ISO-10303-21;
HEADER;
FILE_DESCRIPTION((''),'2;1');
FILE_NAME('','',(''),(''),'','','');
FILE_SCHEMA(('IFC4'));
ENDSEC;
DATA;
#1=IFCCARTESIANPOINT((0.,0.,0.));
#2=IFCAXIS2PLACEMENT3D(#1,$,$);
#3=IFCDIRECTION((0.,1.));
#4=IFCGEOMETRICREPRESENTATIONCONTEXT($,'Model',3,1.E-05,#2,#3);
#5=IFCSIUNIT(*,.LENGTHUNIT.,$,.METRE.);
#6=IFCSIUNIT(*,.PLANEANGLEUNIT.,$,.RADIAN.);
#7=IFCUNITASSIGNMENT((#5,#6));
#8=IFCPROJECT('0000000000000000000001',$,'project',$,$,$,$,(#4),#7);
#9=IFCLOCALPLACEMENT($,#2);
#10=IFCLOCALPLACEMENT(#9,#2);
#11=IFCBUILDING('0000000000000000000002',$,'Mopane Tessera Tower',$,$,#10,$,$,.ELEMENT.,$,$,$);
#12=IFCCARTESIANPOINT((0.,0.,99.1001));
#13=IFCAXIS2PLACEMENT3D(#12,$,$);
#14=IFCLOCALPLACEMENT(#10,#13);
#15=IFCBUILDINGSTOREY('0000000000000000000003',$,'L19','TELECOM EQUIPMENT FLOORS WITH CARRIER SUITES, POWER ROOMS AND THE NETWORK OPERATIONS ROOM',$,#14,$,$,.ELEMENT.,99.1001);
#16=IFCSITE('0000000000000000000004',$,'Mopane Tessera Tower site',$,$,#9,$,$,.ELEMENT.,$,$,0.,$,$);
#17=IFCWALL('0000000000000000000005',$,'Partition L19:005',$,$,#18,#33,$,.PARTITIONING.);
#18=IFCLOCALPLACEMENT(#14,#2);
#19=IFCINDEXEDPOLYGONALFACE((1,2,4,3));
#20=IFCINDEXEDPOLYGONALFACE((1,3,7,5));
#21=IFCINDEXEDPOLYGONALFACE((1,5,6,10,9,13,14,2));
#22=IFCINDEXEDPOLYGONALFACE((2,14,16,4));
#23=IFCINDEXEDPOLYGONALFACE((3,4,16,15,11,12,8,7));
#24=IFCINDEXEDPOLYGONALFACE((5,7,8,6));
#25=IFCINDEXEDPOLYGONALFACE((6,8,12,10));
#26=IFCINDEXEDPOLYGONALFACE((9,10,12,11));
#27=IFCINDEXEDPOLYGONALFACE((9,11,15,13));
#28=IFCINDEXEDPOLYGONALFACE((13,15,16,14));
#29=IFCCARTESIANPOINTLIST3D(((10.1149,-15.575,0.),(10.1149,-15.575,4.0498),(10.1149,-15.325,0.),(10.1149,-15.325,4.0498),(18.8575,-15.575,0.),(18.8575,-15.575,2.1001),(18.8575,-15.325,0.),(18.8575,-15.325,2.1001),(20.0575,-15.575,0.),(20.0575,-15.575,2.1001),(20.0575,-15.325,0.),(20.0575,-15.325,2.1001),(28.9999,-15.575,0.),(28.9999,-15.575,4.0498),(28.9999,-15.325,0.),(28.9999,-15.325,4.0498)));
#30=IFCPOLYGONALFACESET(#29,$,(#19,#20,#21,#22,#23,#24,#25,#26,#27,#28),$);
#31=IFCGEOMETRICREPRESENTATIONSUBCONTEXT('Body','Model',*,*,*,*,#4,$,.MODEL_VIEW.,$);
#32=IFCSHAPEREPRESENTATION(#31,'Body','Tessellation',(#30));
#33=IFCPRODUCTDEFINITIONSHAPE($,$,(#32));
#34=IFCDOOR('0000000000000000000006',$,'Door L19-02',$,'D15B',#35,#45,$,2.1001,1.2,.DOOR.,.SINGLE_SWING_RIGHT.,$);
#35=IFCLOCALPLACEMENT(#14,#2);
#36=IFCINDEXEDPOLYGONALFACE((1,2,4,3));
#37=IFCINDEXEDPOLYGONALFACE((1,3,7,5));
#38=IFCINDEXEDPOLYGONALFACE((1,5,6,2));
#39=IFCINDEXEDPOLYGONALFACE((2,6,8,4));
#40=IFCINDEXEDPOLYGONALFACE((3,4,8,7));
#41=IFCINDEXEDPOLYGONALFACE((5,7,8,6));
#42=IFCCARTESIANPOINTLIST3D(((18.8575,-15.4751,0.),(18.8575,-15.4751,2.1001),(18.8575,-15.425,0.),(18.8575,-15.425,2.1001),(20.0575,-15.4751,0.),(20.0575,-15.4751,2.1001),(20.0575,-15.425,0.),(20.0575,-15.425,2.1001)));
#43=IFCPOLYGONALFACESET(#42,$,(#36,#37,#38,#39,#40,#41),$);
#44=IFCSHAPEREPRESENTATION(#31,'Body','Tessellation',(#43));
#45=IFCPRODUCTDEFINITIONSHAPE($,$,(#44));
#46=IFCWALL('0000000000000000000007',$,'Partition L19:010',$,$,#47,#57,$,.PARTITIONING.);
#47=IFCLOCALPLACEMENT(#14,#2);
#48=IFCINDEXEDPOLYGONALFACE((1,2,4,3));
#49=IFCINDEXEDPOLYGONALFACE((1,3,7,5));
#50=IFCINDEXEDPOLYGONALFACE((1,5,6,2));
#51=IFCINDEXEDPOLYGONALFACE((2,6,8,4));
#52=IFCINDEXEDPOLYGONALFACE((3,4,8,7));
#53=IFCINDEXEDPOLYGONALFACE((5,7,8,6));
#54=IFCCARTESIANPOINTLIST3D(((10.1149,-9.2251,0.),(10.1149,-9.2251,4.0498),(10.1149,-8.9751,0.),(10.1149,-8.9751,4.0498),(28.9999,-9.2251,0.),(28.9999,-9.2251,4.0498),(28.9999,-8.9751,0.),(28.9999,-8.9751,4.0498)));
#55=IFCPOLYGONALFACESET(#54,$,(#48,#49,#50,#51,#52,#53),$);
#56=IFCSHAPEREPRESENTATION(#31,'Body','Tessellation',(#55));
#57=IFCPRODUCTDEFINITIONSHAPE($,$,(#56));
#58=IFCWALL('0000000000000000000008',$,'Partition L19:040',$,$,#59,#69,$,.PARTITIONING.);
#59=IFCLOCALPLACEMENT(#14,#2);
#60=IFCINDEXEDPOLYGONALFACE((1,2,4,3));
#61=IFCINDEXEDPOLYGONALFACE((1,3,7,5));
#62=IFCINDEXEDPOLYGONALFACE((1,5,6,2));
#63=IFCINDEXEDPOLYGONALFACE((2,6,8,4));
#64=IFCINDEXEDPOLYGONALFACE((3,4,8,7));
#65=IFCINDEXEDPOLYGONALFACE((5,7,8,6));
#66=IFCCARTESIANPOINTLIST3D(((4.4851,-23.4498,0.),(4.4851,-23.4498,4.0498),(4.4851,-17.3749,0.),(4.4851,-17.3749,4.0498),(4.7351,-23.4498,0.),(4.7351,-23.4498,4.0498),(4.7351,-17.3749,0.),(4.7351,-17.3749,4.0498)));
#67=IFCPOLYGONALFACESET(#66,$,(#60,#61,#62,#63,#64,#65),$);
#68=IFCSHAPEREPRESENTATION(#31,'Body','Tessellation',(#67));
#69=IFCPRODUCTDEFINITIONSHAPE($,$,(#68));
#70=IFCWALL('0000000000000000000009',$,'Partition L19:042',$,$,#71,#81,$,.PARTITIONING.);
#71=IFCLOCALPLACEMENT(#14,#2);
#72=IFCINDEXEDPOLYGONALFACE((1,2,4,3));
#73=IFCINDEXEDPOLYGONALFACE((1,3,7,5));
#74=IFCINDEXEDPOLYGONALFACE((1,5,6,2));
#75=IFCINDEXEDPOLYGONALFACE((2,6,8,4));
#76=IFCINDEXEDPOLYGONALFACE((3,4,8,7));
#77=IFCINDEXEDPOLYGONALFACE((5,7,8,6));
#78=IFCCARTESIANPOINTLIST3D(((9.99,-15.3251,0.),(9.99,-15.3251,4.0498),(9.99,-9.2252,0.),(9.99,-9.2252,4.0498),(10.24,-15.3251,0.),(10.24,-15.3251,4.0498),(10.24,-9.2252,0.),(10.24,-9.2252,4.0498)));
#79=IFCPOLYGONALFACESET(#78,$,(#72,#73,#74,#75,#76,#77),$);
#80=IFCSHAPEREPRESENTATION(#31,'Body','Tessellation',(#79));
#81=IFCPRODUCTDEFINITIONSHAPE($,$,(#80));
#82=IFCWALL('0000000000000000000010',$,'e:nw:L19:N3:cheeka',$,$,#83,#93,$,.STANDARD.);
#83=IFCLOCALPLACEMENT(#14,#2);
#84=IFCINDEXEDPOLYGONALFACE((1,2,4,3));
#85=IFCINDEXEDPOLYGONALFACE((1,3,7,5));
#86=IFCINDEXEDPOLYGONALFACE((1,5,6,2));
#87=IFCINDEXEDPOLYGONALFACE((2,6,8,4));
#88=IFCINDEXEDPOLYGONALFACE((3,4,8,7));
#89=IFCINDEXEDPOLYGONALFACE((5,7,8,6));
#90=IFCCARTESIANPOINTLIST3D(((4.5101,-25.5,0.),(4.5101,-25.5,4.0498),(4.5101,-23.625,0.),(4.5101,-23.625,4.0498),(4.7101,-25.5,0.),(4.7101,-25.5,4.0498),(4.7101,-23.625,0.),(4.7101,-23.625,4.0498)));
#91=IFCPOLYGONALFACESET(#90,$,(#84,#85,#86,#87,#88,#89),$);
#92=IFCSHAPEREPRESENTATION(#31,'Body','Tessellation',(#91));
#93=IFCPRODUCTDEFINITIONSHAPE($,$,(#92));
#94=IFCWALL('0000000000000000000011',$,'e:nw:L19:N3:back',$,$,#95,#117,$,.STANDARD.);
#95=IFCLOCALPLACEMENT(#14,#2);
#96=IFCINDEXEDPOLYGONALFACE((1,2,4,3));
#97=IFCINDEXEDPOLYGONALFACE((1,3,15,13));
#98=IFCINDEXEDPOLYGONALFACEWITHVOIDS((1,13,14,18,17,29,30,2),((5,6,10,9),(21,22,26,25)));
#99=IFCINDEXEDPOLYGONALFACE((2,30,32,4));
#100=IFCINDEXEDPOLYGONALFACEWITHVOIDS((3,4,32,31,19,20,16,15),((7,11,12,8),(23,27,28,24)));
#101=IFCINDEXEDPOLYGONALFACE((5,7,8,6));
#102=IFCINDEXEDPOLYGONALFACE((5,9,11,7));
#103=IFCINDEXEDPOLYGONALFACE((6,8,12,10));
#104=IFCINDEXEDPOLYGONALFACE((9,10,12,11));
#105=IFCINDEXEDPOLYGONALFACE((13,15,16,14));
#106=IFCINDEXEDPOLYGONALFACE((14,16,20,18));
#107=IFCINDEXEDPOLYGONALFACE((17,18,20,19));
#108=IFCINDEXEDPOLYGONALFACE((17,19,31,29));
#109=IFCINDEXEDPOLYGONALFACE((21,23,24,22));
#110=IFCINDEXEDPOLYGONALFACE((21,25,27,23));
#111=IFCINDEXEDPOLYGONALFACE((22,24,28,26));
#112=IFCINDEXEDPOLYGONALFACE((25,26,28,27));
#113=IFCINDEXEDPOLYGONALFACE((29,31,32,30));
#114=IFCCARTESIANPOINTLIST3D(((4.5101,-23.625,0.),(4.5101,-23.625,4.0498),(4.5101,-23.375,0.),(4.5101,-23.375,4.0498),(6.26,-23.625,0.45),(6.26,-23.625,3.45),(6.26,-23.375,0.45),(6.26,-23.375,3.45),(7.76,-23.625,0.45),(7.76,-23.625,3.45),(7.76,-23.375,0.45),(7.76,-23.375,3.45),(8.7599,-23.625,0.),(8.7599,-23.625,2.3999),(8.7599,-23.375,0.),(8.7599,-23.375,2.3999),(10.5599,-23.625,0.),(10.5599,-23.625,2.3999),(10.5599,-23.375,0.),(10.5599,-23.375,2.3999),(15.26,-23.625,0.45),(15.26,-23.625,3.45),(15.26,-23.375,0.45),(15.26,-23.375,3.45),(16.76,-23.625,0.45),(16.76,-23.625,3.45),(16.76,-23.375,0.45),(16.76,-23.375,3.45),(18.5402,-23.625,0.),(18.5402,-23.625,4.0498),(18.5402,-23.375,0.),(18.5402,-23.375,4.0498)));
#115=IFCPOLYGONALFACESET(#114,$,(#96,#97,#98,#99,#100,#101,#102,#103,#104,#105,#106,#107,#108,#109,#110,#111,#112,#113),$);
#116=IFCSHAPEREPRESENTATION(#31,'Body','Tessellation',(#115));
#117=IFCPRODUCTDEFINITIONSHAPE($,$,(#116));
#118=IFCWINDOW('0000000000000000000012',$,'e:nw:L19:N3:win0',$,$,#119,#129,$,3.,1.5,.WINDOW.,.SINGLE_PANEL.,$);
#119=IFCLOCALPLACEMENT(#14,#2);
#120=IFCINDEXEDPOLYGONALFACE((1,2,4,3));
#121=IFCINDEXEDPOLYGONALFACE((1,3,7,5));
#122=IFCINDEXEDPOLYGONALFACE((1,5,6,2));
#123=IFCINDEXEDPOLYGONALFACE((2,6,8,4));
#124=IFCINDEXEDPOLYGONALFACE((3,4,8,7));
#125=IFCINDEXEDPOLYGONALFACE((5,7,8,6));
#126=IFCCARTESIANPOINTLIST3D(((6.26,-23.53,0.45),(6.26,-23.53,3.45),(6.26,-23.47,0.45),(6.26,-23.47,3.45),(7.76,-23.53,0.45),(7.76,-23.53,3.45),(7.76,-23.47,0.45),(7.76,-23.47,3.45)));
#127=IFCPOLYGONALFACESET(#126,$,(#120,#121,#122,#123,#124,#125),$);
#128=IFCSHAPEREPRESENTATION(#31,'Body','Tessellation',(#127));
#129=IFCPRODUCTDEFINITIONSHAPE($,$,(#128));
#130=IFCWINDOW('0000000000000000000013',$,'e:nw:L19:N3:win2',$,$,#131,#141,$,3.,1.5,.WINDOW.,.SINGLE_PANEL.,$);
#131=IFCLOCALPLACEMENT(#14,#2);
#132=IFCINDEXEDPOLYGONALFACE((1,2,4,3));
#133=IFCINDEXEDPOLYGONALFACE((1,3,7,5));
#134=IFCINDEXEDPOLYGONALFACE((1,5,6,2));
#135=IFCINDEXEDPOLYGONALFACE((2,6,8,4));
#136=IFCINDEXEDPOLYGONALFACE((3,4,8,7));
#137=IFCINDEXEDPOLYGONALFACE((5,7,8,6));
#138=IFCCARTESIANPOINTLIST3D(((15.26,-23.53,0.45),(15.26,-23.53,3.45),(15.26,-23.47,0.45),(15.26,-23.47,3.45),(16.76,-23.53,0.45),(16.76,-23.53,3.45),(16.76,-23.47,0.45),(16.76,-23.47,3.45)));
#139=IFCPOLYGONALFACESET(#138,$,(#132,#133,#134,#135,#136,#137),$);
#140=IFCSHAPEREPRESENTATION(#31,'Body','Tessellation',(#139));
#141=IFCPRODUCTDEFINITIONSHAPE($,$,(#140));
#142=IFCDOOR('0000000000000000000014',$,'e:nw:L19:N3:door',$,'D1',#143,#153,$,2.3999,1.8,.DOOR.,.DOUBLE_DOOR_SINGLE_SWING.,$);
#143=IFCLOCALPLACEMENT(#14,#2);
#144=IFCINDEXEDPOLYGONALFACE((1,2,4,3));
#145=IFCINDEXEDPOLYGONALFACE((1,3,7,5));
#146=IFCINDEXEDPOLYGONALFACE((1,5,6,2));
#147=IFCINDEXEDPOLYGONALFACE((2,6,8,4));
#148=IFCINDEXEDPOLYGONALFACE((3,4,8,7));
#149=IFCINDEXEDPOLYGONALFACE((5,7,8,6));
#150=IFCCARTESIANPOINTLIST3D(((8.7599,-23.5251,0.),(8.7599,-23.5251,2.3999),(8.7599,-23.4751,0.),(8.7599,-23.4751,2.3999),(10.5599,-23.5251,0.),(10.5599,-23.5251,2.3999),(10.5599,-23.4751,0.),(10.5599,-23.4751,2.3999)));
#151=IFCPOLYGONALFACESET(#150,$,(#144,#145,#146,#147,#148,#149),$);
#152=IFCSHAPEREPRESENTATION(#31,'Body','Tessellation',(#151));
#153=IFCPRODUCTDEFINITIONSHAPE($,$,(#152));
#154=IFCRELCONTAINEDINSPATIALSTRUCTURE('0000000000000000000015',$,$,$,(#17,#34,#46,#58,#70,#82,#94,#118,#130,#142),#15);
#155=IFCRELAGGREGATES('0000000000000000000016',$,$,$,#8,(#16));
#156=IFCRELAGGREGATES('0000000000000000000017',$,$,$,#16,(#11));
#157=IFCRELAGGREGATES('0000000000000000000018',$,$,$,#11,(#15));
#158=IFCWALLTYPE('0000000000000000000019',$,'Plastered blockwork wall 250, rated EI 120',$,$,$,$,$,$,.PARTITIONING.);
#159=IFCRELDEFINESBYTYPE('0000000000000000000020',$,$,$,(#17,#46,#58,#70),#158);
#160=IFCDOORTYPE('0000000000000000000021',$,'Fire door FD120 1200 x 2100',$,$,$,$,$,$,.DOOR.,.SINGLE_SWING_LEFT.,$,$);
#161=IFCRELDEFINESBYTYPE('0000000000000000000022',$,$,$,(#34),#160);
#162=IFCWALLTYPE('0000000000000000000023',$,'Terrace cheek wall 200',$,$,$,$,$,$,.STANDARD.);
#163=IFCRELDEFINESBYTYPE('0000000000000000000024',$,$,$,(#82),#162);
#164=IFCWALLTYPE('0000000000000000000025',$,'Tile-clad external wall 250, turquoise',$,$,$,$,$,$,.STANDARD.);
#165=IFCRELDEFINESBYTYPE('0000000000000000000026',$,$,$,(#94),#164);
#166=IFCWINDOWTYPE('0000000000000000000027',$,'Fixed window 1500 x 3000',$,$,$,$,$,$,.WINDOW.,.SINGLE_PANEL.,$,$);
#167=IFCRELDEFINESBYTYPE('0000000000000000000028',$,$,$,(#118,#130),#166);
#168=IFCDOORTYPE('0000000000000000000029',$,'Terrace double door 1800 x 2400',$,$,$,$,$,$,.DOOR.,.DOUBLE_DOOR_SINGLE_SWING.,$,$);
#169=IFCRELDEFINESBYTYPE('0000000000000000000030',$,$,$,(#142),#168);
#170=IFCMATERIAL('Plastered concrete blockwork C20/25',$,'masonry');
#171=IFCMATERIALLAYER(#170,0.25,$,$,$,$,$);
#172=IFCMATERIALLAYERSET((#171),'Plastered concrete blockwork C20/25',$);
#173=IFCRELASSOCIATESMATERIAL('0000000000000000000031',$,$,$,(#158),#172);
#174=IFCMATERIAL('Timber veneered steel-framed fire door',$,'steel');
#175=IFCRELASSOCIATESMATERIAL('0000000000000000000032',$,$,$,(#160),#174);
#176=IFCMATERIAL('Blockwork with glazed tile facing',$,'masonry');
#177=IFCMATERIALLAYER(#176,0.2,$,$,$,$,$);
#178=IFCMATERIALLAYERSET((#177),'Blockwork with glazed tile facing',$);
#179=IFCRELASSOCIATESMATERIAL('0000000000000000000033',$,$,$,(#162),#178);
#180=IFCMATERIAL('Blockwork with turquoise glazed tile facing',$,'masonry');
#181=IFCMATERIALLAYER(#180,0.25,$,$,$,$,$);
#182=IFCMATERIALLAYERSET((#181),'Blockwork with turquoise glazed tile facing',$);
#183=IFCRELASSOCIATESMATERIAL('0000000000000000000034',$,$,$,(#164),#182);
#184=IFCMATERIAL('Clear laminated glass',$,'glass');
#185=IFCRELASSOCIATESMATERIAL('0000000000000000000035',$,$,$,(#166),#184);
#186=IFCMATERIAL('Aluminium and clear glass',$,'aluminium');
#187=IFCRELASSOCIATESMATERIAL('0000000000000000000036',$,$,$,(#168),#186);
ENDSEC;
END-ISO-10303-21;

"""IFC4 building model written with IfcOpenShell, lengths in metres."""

from ifc_helpers import new_model, si_unit, direction, frame, frame_2d, origin, place, context, subcontext, project, spatial, rectangle, extrude, material, layer, layer_set, type_object, element, fill, save


model = new_model("IFC4")

# Units and contexts
model_context = context("Model", 3, precision=1e-05, world=origin(), true_north=direction((0.0, 1.0)))
body_context = subcontext(model_context, "Body", "Model", "MODEL_VIEW")
ifc_project = project(units=[si_unit("LENGTHUNIT", "METRE"), si_unit("PLANEANGLEUNIT", "RADIAN")], contexts=[model_context])

# Site, building, storey
site_placement = place(None, origin())
site = spatial("IfcSite", under=ifc_project, at=site_placement, Name="Mopane Tessera Tower site", CompositionType="ELEMENT", RefElevation=0.0)
building_placement = place(site_placement, origin())
building = spatial("IfcBuilding", under=site, at=building_placement, Name="Mopane Tessera Tower", CompositionType="ELEMENT")
storey_placement = place(building_placement, frame((0.0, 0.0, 99.1001)))
storey = spatial("IfcBuildingStorey", under=building, at=storey_placement, Name="L19", Description="TELECOM EQUIPMENT FLOORS WITH CARRIER SUITES, POWER ROOMS AND THE NETWORK OPERATIONS ROOM", CompositionType="ELEMENT", Elevation=99.1001)

# Wall, opening, door
ifc_material_1 = material(Name="Plastered concrete blockwork C20/25", Category="masonry")
ifc_layer_1 = layer(ifc_material_1, 0.25)
ifc_layer_set_1 = layer_set([ifc_layer_1], Name="Plastered concrete blockwork C20/25")
wall_type_1 = type_object("IfcWallType", Name="Plastered blockwork wall 250, rated EI 120", PredefinedType="PARTITIONING", material=ifc_layer_set_1)
wall_1_placement = place(storey_placement, frame((10.115, -15.45, 0.0), z_axis=(0.0, 0.0, 1.0), x_axis=(1.0, 0.0, 0.0)))
wall_1 = element("IfcWall", 1, at=wall_1_placement, inside=storey, type_object=wall_type_1, Name="Partition L19:005", PredefinedType="PARTITIONING", context=body_context, shape_type="SweptSolid", body=[
    extrude(rectangle(XDim=18.885, YDim=0.25, at=frame_2d((9.4424, 0.0))), origin(), (0.0, 0.0, 1.0), 4.0498),
])
opening_1_placement = place(wall_1_placement, frame((8.7424, 0.0, 0.0)))
opening_1 = element("IfcOpeningElement", 2, at=opening_1_placement, cuts=wall_1, PredefinedType="OPENING", context=body_context, shape_type="SweptSolid", body=[
    extrude(rectangle(XDim=1.2, YDim=2.1001, at=frame_2d((0.6001, 1.05))), frame((0.0, 0.137, 0.0), z_axis=(0.0, -1.0, 0.0), x_axis=(1.0, 0.0, 0.0)), (0.0, 0.0, 1.0), 0.2739),
])
ifc_material_2 = material(Name="Timber veneered steel-framed fire door", Category="steel")
door_type_1 = type_object("IfcDoorType", Name="Fire door FD120 1200 x 2100", OperationType="SINGLE_SWING_LEFT", PredefinedType="DOOR", material=ifc_material_2)
door_1_placement = place(opening_1_placement, origin())
door_1 = element("IfcDoor", 3, at=door_1_placement, inside=storey, type_object=door_type_1, Name="Door L19-02", ObjectType="D15B", OperationType="SINGLE_SWING_RIGHT", OverallHeight=2.1001, OverallWidth=1.2, PredefinedType="DOOR", context=body_context, shape_type="SweptSolid", body=[
    extrude(rectangle(XDim=1.2, YDim=2.1001, at=frame_2d((0.6001, 1.05))), frame((0.0, 0.0249, 0.0), z_axis=(0.0, -1.0, 0.0), x_axis=(1.0, 0.0, 0.0)), (0.0, 0.0, 1.0), 0.05),
])
fill(opening_1, door_1)

# Walls
wall_2_placement = place(storey_placement, frame((10.115, -9.1001, 0.0), z_axis=(0.0, 0.0, 1.0), x_axis=(1.0, 0.0, 0.0)))
element("IfcWall", 4, at=wall_2_placement, inside=storey, type_object=wall_type_1, Name="Partition L19:010", PredefinedType="PARTITIONING", context=body_context, shape_type="SweptSolid", body=[
    extrude(rectangle(XDim=18.885, YDim=0.25, at=frame_2d((9.4424, 0.0))), origin(), (0.0, 0.0, 1.0), 4.0498),
])
wall_3_placement = place(storey_placement, frame((4.6101, -23.45, 0.0), z_axis=(0.0, 0.0, 1.0), x_axis=(0.0, 1.0, 0.0)))
element("IfcWall", 5, at=wall_3_placement, inside=storey, type_object=wall_type_1, Name="Partition L19:040", PredefinedType="PARTITIONING", context=body_context, shape_type="SweptSolid", body=[
    extrude(rectangle(XDim=6.075, YDim=0.25, at=frame_2d((3.0376, 0.0))), origin(), (0.0, 0.0, 1.0), 4.0498),
])
wall_4_placement = place(storey_placement, frame((10.115, -15.325, 0.0), z_axis=(0.0, 0.0, 1.0), x_axis=(0.0, 1.0, 0.0)))
element("IfcWall", 6, at=wall_4_placement, inside=storey, type_object=wall_type_1, Name="Partition L19:042", PredefinedType="PARTITIONING", context=body_context, shape_type="SweptSolid", body=[
    extrude(rectangle(XDim=6.0999, YDim=0.25, at=frame_2d((3.0498, 0.0))), origin(), (0.0, 0.0, 1.0), 4.0498),
])
ifc_material_3 = material(Name="Blockwork with glazed tile facing", Category="masonry")
ifc_layer_2 = layer(ifc_material_3, 0.2)
ifc_layer_set_2 = layer_set([ifc_layer_2], Name="Blockwork with glazed tile facing")
wall_type_2 = type_object("IfcWallType", Name="Terrace cheek wall 200", PredefinedType="STANDARD", material=ifc_layer_set_2)
wall_5_placement = place(storey_placement, frame((4.6101, -25.5, 0.0), z_axis=(0.0, 0.0, 1.0), x_axis=(0.0, 1.0, 0.0)))
element("IfcWall", 7, at=wall_5_placement, inside=storey, type_object=wall_type_2, Name="e:nw:L19:N3:cheeka", PredefinedType="STANDARD", context=body_context, shape_type="SweptSolid", body=[
    extrude(rectangle(XDim=1.875, YDim=0.2, at=frame_2d((0.9375, 0.0))), origin(), (0.0, 0.0, 1.0), 4.0498),
])

# Wall, openings, windows, door
ifc_material_4 = material(Name="Blockwork with turquoise glazed tile facing", Category="masonry")
ifc_layer_3 = layer(ifc_material_4, 0.25)
ifc_layer_set_3 = layer_set([ifc_layer_3], Name="Blockwork with turquoise glazed tile facing")
wall_type_3 = type_object("IfcWallType", Name="Tile-clad external wall 250, turquoise", PredefinedType="STANDARD", material=ifc_layer_set_3)
wall_6_placement = place(storey_placement, frame((4.51, -23.5, 0.0), z_axis=(0.0, 0.0, 1.0), x_axis=(1.0, 0.0, 0.0)))
wall_6 = element("IfcWall", 8, at=wall_6_placement, inside=storey, type_object=wall_type_3, Name="e:nw:L19:N3:back", PredefinedType="STANDARD", context=body_context, shape_type="SweptSolid", body=[
    extrude(rectangle(XDim=14.03, YDim=0.25, at=frame_2d((7.0151, 0.0))), origin(), (0.0, 0.0, 1.0), 4.0498),
])
opening_2_placement = place(wall_6_placement, frame((1.75, 0.0, 0.45)))
opening_2 = element("IfcOpeningElement", 9, at=opening_2_placement, cuts=wall_6, PredefinedType="OPENING", context=body_context, shape_type="SweptSolid", body=[
    extrude(rectangle(XDim=1.5, YDim=3.0, at=frame_2d((0.75, 1.5))), frame((0.0, 0.137, 0.0), z_axis=(0.0, -1.0, 0.0), x_axis=(1.0, 0.0, 0.0)), (0.0, 0.0, 1.0), 0.2739),
])
opening_3_placement = place(wall_6_placement, frame((4.25, 0.0, 0.0)))
opening_3 = element("IfcOpeningElement", 10, at=opening_3_placement, cuts=wall_6, PredefinedType="OPENING", context=body_context, shape_type="SweptSolid", body=[
    extrude(rectangle(XDim=1.8, YDim=2.3999, at=frame_2d((0.8999, 1.2))), frame((0.0, 0.137, 0.0), z_axis=(0.0, -1.0, 0.0), x_axis=(1.0, 0.0, 0.0)), (0.0, 0.0, 1.0), 0.2739),
])
opening_4_placement = place(wall_6_placement, frame((10.75, 0.0, 0.45)))
opening_4 = element("IfcOpeningElement", 11, at=opening_4_placement, cuts=wall_6, PredefinedType="OPENING", context=body_context, shape_type="SweptSolid", body=[
    extrude(rectangle(XDim=1.5, YDim=3.0, at=frame_2d((0.75, 1.5))), frame((0.0, 0.137, 0.0), z_axis=(0.0, -1.0, 0.0), x_axis=(1.0, 0.0, 0.0)), (0.0, 0.0, 1.0), 0.2739),
])
ifc_material_5 = material(Name="Clear laminated glass", Category="glass")
window_type = type_object("IfcWindowType", Name="Fixed window 1500 x 3000", PartitioningType="SINGLE_PANEL", PredefinedType="WINDOW", material=ifc_material_5)
window_1_placement = place(opening_2_placement, origin())
window_1 = element("IfcWindow", 12, at=window_1_placement, inside=storey, type_object=window_type, Name="e:nw:L19:N3:win0", OverallHeight=3.0, OverallWidth=1.5, PartitioningType="SINGLE_PANEL", PredefinedType="WINDOW", context=body_context, shape_type="SweptSolid", body=[
    extrude(rectangle(XDim=1.5, YDim=3.0, at=frame_2d((0.75, 1.5))), frame((0.0, 0.03, 0.0), z_axis=(0.0, -1.0, 0.0), x_axis=(1.0, 0.0, 0.0)), (0.0, 0.0, 1.0), 0.0601),
])
fill(opening_2, window_1)
window_2_placement = place(opening_4_placement, origin())
window_2 = element("IfcWindow", 13, at=window_2_placement, inside=storey, type_object=window_type, Name="e:nw:L19:N3:win2", OverallHeight=3.0, OverallWidth=1.5, PartitioningType="SINGLE_PANEL", PredefinedType="WINDOW", context=body_context, shape_type="SweptSolid", body=[
    extrude(rectangle(XDim=1.5, YDim=3.0, at=frame_2d((0.75, 1.5))), frame((0.0, 0.03, 0.0), z_axis=(0.0, -1.0, 0.0), x_axis=(1.0, 0.0, 0.0)), (0.0, 0.0, 1.0), 0.0601),
])
fill(opening_4, window_2)
ifc_material_6 = material(Name="Aluminium and clear glass", Category="aluminium")
door_type_2 = type_object("IfcDoorType", Name="Terrace double door 1800 x 2400", OperationType="DOUBLE_DOOR_SINGLE_SWING", PredefinedType="DOOR", material=ifc_material_6)
door_2_placement = place(opening_3_placement, origin())
door_2 = element("IfcDoor", 14, at=door_2_placement, inside=storey, type_object=door_type_2, Name="e:nw:L19:N3:door", ObjectType="D1", OperationType="DOUBLE_DOOR_SINGLE_SWING", OverallHeight=2.3999, OverallWidth=1.8, PredefinedType="DOOR", context=body_context, shape_type="SweptSolid", body=[
    extrude(rectangle(XDim=1.8, YDim=2.3999, at=frame_2d((0.8999, 1.2))), frame((0.0, 0.0249, 0.0), z_axis=(0.0, -1.0, 0.0), x_axis=(1.0, 0.0, 0.0)), (0.0, 0.0, 1.0), 0.05),
])
fill(opening_3, door_2)

save(model, "model.ifc")
